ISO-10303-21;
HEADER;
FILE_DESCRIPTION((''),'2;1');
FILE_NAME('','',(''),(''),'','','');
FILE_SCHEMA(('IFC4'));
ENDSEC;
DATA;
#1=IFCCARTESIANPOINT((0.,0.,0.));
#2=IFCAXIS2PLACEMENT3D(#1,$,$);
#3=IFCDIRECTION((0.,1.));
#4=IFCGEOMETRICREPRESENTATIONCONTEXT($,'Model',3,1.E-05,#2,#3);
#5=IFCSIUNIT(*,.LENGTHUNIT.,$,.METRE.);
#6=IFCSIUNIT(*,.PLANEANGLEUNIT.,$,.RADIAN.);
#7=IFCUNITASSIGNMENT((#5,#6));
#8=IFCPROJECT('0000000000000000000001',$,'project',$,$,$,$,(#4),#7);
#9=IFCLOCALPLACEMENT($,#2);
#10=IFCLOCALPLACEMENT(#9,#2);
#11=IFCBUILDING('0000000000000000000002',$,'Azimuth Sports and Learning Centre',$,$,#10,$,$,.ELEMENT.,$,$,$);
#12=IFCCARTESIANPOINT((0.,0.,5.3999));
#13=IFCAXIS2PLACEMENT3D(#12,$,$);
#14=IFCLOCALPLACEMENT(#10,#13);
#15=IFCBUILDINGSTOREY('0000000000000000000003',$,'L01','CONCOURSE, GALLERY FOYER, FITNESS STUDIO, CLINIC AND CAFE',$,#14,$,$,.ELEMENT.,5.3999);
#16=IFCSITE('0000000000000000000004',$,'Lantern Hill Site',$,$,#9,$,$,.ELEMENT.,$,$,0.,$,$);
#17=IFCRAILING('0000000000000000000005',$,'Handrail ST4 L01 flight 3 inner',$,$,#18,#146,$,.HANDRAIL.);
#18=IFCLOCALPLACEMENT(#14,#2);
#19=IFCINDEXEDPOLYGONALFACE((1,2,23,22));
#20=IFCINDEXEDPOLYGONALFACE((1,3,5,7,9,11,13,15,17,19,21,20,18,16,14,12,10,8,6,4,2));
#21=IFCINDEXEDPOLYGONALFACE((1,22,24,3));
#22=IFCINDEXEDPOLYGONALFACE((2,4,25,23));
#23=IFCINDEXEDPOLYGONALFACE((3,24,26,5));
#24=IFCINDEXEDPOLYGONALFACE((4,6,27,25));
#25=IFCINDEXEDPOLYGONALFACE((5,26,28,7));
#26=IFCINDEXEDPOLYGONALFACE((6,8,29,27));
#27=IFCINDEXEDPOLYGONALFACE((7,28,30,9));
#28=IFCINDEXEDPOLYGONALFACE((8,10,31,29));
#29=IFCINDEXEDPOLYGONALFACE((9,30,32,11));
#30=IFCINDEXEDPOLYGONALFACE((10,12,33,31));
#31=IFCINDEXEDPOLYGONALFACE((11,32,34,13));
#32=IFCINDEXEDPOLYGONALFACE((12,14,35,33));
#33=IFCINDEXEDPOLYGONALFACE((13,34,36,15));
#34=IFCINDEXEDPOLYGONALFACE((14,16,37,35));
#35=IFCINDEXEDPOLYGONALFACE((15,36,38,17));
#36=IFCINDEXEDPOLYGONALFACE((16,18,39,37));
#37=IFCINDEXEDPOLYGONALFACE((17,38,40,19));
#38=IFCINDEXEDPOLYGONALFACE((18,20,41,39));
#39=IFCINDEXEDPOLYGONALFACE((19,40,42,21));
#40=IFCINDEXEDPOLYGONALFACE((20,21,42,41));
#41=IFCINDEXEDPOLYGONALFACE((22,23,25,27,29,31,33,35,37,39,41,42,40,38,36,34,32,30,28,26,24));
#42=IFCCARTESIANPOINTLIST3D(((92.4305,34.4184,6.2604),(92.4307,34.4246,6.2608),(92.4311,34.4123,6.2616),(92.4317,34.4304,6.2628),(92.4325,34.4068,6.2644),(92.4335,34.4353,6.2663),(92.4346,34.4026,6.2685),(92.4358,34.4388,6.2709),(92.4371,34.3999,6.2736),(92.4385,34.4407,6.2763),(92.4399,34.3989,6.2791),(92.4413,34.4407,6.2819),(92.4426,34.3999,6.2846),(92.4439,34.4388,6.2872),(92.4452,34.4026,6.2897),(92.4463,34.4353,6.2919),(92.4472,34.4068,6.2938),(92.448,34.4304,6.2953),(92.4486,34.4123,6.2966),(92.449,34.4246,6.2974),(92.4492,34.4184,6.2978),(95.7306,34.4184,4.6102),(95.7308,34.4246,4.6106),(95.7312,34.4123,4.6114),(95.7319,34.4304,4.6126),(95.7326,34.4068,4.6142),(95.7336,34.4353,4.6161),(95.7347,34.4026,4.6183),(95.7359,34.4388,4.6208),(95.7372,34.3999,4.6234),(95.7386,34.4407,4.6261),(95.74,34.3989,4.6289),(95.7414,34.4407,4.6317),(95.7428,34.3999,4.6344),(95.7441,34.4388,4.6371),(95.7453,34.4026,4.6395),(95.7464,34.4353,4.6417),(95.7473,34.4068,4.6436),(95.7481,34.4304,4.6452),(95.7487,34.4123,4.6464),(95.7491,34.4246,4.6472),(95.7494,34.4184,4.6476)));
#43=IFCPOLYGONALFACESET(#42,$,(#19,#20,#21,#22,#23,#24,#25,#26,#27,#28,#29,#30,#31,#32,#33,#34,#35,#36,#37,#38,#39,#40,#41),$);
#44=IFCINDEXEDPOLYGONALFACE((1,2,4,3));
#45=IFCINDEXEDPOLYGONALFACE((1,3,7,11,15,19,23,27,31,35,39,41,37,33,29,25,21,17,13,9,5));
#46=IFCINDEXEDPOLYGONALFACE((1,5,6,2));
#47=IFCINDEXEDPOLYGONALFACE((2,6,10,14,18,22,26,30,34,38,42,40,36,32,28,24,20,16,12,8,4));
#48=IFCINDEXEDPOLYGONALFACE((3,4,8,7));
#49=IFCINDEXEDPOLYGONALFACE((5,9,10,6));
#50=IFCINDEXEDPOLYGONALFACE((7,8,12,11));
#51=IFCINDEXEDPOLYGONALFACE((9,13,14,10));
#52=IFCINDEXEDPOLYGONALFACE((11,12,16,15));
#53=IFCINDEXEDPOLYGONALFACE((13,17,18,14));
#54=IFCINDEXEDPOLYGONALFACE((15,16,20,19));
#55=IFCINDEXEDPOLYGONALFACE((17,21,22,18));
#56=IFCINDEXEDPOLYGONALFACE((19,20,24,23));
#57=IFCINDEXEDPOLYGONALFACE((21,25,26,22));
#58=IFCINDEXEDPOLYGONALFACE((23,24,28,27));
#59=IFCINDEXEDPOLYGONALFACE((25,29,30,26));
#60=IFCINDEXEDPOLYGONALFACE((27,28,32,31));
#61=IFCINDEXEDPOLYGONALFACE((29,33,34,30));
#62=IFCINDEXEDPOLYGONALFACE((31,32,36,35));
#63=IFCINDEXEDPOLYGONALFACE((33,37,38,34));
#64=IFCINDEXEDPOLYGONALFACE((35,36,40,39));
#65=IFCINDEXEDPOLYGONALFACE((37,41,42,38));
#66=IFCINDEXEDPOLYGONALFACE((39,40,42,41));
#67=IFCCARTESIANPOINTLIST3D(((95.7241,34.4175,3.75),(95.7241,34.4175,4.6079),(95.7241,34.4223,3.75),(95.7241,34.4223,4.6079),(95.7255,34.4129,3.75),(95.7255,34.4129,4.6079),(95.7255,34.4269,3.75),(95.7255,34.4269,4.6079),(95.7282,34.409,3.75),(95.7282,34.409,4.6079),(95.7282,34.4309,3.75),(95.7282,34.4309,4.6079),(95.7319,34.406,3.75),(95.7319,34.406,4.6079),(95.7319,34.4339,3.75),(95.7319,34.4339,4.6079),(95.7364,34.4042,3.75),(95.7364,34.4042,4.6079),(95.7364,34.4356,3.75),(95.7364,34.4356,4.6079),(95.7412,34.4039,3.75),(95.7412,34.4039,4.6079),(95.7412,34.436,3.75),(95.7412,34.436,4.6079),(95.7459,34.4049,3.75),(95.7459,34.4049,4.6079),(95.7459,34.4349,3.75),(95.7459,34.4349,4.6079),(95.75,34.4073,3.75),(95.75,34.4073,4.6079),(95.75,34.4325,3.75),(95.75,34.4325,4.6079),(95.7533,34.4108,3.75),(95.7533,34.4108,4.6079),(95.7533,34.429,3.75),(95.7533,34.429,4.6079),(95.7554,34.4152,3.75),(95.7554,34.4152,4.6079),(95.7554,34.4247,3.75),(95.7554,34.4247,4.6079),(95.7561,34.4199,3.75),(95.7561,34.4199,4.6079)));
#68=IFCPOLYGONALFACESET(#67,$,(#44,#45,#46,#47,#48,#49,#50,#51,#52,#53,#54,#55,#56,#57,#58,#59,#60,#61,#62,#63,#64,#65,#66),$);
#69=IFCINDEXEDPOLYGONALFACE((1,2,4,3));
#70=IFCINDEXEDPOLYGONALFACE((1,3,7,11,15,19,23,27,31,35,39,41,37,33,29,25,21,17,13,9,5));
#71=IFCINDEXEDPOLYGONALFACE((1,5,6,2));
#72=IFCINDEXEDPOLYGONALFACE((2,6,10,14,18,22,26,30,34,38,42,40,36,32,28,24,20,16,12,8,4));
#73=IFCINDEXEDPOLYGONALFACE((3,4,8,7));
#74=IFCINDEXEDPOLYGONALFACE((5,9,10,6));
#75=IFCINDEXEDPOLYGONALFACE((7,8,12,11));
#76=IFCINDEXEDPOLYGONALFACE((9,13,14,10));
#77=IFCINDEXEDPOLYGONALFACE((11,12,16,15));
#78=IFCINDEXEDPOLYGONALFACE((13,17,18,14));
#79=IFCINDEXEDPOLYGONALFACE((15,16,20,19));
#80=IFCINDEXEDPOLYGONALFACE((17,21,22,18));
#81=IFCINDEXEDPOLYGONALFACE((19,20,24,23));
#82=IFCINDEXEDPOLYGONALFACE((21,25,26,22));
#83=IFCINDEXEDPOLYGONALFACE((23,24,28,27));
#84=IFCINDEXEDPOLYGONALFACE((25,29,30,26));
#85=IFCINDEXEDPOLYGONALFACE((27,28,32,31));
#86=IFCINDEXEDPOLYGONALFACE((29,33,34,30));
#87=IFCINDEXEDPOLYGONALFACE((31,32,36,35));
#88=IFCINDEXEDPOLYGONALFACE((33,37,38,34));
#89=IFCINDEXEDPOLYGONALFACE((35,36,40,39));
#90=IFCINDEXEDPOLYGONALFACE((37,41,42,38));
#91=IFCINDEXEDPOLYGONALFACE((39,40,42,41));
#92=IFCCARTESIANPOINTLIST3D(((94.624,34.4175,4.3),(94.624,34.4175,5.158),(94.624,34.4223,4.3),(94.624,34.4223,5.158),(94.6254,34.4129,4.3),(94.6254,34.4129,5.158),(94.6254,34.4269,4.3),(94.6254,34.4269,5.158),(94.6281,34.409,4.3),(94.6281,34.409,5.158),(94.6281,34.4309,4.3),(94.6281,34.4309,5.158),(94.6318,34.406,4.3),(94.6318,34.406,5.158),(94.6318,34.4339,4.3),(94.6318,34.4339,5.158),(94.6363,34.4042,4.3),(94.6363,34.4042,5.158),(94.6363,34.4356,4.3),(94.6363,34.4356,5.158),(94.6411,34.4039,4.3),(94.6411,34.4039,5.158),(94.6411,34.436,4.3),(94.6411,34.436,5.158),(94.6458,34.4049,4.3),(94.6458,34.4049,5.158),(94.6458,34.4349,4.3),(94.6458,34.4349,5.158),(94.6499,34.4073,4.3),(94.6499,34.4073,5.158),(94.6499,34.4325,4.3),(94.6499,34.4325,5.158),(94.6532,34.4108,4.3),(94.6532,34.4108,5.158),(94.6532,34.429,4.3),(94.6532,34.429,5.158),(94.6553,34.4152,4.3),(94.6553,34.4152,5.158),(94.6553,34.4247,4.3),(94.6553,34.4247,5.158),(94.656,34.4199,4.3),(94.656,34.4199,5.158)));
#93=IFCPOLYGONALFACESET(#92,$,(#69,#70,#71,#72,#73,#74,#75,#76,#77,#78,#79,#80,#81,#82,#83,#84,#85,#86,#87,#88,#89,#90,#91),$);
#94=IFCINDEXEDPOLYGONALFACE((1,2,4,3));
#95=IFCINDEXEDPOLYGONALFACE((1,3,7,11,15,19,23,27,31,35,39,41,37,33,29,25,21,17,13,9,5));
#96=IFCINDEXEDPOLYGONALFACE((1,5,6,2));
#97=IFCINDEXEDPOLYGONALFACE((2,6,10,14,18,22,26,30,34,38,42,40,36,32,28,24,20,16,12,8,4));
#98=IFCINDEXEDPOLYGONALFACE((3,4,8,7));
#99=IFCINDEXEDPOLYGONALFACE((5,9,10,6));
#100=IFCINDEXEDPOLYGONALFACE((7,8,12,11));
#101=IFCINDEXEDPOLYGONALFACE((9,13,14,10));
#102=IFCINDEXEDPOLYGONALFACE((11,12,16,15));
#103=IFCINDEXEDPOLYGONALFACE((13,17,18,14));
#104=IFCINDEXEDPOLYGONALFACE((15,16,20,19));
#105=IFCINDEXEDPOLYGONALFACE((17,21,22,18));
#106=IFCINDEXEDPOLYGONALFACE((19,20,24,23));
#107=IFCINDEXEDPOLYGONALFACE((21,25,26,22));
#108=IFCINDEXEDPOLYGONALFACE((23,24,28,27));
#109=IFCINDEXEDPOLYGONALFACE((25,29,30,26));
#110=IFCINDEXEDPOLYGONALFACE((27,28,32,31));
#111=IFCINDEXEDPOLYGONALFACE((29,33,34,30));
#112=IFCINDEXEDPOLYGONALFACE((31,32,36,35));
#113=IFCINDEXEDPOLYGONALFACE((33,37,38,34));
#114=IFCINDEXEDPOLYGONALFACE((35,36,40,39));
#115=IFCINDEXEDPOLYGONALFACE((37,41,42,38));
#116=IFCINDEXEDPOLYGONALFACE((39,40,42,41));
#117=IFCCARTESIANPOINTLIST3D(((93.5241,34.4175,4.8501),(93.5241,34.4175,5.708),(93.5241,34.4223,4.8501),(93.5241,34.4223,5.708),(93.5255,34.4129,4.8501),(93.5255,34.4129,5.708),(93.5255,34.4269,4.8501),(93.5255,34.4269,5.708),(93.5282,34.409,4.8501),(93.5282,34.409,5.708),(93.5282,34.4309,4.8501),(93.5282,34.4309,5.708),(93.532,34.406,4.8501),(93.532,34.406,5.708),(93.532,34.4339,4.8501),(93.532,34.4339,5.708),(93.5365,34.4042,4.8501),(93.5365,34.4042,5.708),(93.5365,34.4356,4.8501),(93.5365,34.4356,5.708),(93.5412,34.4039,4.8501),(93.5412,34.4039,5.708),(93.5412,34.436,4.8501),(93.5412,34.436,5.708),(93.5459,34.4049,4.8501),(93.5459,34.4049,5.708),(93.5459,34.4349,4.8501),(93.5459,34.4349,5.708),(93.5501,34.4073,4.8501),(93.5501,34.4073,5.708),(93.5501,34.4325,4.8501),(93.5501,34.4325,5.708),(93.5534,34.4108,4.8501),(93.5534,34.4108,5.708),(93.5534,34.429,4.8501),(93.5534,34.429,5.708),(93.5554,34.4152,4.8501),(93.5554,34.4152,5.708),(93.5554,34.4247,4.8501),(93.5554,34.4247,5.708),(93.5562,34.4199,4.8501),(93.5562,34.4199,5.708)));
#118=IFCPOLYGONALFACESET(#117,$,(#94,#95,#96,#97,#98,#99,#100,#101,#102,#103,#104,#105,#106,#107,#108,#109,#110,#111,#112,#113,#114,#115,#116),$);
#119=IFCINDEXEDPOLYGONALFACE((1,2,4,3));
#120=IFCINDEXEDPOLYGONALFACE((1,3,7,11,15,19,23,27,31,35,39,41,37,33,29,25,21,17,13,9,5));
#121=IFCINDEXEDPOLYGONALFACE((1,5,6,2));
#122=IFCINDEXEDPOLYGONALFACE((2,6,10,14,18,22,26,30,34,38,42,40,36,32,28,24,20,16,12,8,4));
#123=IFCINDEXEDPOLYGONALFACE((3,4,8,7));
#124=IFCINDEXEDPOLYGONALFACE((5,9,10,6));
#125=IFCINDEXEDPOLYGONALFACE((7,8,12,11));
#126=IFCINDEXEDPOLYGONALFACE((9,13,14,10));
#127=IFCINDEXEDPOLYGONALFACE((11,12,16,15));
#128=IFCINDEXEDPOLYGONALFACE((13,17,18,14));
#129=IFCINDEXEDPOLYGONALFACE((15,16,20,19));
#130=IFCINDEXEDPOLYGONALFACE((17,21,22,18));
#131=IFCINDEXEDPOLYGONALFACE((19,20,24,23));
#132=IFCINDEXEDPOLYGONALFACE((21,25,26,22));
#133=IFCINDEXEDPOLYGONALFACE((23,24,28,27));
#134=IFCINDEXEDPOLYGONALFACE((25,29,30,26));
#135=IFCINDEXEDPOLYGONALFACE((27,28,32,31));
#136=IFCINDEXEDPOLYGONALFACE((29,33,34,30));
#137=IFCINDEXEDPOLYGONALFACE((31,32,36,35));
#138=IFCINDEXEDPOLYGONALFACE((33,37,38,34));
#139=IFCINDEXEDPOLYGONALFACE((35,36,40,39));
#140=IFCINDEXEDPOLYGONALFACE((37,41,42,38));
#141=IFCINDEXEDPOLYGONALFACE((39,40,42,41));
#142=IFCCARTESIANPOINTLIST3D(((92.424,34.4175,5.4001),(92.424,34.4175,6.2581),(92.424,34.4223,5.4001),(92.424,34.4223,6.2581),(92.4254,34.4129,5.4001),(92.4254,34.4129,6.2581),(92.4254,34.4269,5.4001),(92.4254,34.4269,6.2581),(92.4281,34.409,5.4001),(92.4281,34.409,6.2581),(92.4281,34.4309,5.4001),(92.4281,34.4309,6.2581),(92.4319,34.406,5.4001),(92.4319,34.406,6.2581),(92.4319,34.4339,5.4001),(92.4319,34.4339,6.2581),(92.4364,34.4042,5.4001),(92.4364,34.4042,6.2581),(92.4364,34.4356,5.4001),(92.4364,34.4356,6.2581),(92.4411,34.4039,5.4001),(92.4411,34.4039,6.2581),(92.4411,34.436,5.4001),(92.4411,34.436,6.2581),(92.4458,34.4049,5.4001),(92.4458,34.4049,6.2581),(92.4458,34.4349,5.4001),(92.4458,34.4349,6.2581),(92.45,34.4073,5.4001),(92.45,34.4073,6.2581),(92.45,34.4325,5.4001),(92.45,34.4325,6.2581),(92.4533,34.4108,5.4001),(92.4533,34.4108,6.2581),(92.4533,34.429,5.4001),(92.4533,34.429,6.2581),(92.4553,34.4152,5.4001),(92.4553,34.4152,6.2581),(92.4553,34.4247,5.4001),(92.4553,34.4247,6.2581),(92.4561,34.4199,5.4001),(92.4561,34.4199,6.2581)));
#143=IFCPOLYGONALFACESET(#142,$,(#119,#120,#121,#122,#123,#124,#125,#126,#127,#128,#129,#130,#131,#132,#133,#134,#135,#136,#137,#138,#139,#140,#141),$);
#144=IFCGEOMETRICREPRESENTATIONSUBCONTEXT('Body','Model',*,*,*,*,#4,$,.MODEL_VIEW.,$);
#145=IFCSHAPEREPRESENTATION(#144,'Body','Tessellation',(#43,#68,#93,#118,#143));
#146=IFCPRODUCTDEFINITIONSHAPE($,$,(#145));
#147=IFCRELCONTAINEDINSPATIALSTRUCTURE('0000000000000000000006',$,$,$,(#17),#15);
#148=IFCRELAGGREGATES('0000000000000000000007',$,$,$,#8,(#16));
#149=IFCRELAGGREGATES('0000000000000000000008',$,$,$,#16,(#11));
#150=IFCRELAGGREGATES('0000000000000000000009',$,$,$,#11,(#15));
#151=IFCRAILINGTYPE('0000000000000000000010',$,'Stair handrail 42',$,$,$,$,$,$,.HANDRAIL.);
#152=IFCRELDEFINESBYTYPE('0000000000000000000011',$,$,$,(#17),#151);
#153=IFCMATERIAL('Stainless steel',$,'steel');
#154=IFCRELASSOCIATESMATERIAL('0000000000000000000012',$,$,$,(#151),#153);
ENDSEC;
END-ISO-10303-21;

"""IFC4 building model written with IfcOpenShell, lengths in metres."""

from ifc_helpers import new_model, si_unit, direction, frame, origin, origin_2d, place, context, subcontext, project, spatial, circle, extrude, material, type_object, element, save


model = new_model("IFC4")

# Units and contexts
model_context = context("Model", 3, precision=1e-05, world=origin(), true_north=direction((0.0, 1.0)))
body_context = subcontext(model_context, "Body", "Model", "MODEL_VIEW")
ifc_project = project(units=[si_unit("LENGTHUNIT", "METRE"), si_unit("PLANEANGLEUNIT", "RADIAN")], contexts=[model_context])

# Site, building, storey
site_placement = place(None, origin())
site = spatial("IfcSite", under=ifc_project, at=site_placement, Name="Lantern Hill Site", CompositionType="ELEMENT", RefElevation=0.0)
building_placement = place(site_placement, origin())
building = spatial("IfcBuilding", under=site, at=building_placement, Name="Azimuth Sports and Learning Centre", CompositionType="ELEMENT")
storey_placement = place(building_placement, frame((0.0, 0.0, 5.3999)))
storey = spatial("IfcBuildingStorey", under=building, at=storey_placement, Name="L01", Description="CONCOURSE, GALLERY FOYER, FITNESS STUDIO, CLINIC AND CAFE", CompositionType="ELEMENT", Elevation=5.3999)

# Railing
ifc_material_1 = material(Name="Stainless steel", Category="steel")
railing_type_1 = type_object("IfcRailingType", Name="Stair handrail 42", PredefinedType="HANDRAIL", material=ifc_material_1)
for number, where, name in (
    (1, (95.74, 34.4199, 3.75), "Handrail ST4 L01 flight 3 inner"),
):
    element("IfcRailing", number, at=place(storey_placement, frame(where)), inside=storey, type_object=railing_type_1, Name=name, PredefinedType="HANDRAIL", context=body_context, shape_type="SweptSolid", body=[
        extrude(circle(Radius=0.021, at=origin_2d()), frame((0.0, 0.0, 0.8789), z_axis=(-0.894414, 0.0, 0.44724), x_axis=(0.0, -1.0, 0.0)), (0.0, 0.0, 1.0), 3.6897),
        extrude(circle(Radius=0.0161, at=origin_2d()), origin(), (0.0, 0.0, 1.0), 0.8579),
        extrude(circle(Radius=0.0161, at=origin_2d()), frame((-1.1001, 0.0, 0.55)), (0.0, 0.0, 1.0), 0.8579),
        extrude(circle(Radius=0.0161, at=origin_2d()), frame((-2.2, 0.0, 1.1001)), (0.0, 0.0, 1.0), 0.8579),
        extrude(circle(Radius=0.0161, at=origin_2d()), frame((-3.3, 0.0, 1.6501)), (0.0, 0.0, 1.0), 0.8579),
    ])

save(model, "model.ifc")
